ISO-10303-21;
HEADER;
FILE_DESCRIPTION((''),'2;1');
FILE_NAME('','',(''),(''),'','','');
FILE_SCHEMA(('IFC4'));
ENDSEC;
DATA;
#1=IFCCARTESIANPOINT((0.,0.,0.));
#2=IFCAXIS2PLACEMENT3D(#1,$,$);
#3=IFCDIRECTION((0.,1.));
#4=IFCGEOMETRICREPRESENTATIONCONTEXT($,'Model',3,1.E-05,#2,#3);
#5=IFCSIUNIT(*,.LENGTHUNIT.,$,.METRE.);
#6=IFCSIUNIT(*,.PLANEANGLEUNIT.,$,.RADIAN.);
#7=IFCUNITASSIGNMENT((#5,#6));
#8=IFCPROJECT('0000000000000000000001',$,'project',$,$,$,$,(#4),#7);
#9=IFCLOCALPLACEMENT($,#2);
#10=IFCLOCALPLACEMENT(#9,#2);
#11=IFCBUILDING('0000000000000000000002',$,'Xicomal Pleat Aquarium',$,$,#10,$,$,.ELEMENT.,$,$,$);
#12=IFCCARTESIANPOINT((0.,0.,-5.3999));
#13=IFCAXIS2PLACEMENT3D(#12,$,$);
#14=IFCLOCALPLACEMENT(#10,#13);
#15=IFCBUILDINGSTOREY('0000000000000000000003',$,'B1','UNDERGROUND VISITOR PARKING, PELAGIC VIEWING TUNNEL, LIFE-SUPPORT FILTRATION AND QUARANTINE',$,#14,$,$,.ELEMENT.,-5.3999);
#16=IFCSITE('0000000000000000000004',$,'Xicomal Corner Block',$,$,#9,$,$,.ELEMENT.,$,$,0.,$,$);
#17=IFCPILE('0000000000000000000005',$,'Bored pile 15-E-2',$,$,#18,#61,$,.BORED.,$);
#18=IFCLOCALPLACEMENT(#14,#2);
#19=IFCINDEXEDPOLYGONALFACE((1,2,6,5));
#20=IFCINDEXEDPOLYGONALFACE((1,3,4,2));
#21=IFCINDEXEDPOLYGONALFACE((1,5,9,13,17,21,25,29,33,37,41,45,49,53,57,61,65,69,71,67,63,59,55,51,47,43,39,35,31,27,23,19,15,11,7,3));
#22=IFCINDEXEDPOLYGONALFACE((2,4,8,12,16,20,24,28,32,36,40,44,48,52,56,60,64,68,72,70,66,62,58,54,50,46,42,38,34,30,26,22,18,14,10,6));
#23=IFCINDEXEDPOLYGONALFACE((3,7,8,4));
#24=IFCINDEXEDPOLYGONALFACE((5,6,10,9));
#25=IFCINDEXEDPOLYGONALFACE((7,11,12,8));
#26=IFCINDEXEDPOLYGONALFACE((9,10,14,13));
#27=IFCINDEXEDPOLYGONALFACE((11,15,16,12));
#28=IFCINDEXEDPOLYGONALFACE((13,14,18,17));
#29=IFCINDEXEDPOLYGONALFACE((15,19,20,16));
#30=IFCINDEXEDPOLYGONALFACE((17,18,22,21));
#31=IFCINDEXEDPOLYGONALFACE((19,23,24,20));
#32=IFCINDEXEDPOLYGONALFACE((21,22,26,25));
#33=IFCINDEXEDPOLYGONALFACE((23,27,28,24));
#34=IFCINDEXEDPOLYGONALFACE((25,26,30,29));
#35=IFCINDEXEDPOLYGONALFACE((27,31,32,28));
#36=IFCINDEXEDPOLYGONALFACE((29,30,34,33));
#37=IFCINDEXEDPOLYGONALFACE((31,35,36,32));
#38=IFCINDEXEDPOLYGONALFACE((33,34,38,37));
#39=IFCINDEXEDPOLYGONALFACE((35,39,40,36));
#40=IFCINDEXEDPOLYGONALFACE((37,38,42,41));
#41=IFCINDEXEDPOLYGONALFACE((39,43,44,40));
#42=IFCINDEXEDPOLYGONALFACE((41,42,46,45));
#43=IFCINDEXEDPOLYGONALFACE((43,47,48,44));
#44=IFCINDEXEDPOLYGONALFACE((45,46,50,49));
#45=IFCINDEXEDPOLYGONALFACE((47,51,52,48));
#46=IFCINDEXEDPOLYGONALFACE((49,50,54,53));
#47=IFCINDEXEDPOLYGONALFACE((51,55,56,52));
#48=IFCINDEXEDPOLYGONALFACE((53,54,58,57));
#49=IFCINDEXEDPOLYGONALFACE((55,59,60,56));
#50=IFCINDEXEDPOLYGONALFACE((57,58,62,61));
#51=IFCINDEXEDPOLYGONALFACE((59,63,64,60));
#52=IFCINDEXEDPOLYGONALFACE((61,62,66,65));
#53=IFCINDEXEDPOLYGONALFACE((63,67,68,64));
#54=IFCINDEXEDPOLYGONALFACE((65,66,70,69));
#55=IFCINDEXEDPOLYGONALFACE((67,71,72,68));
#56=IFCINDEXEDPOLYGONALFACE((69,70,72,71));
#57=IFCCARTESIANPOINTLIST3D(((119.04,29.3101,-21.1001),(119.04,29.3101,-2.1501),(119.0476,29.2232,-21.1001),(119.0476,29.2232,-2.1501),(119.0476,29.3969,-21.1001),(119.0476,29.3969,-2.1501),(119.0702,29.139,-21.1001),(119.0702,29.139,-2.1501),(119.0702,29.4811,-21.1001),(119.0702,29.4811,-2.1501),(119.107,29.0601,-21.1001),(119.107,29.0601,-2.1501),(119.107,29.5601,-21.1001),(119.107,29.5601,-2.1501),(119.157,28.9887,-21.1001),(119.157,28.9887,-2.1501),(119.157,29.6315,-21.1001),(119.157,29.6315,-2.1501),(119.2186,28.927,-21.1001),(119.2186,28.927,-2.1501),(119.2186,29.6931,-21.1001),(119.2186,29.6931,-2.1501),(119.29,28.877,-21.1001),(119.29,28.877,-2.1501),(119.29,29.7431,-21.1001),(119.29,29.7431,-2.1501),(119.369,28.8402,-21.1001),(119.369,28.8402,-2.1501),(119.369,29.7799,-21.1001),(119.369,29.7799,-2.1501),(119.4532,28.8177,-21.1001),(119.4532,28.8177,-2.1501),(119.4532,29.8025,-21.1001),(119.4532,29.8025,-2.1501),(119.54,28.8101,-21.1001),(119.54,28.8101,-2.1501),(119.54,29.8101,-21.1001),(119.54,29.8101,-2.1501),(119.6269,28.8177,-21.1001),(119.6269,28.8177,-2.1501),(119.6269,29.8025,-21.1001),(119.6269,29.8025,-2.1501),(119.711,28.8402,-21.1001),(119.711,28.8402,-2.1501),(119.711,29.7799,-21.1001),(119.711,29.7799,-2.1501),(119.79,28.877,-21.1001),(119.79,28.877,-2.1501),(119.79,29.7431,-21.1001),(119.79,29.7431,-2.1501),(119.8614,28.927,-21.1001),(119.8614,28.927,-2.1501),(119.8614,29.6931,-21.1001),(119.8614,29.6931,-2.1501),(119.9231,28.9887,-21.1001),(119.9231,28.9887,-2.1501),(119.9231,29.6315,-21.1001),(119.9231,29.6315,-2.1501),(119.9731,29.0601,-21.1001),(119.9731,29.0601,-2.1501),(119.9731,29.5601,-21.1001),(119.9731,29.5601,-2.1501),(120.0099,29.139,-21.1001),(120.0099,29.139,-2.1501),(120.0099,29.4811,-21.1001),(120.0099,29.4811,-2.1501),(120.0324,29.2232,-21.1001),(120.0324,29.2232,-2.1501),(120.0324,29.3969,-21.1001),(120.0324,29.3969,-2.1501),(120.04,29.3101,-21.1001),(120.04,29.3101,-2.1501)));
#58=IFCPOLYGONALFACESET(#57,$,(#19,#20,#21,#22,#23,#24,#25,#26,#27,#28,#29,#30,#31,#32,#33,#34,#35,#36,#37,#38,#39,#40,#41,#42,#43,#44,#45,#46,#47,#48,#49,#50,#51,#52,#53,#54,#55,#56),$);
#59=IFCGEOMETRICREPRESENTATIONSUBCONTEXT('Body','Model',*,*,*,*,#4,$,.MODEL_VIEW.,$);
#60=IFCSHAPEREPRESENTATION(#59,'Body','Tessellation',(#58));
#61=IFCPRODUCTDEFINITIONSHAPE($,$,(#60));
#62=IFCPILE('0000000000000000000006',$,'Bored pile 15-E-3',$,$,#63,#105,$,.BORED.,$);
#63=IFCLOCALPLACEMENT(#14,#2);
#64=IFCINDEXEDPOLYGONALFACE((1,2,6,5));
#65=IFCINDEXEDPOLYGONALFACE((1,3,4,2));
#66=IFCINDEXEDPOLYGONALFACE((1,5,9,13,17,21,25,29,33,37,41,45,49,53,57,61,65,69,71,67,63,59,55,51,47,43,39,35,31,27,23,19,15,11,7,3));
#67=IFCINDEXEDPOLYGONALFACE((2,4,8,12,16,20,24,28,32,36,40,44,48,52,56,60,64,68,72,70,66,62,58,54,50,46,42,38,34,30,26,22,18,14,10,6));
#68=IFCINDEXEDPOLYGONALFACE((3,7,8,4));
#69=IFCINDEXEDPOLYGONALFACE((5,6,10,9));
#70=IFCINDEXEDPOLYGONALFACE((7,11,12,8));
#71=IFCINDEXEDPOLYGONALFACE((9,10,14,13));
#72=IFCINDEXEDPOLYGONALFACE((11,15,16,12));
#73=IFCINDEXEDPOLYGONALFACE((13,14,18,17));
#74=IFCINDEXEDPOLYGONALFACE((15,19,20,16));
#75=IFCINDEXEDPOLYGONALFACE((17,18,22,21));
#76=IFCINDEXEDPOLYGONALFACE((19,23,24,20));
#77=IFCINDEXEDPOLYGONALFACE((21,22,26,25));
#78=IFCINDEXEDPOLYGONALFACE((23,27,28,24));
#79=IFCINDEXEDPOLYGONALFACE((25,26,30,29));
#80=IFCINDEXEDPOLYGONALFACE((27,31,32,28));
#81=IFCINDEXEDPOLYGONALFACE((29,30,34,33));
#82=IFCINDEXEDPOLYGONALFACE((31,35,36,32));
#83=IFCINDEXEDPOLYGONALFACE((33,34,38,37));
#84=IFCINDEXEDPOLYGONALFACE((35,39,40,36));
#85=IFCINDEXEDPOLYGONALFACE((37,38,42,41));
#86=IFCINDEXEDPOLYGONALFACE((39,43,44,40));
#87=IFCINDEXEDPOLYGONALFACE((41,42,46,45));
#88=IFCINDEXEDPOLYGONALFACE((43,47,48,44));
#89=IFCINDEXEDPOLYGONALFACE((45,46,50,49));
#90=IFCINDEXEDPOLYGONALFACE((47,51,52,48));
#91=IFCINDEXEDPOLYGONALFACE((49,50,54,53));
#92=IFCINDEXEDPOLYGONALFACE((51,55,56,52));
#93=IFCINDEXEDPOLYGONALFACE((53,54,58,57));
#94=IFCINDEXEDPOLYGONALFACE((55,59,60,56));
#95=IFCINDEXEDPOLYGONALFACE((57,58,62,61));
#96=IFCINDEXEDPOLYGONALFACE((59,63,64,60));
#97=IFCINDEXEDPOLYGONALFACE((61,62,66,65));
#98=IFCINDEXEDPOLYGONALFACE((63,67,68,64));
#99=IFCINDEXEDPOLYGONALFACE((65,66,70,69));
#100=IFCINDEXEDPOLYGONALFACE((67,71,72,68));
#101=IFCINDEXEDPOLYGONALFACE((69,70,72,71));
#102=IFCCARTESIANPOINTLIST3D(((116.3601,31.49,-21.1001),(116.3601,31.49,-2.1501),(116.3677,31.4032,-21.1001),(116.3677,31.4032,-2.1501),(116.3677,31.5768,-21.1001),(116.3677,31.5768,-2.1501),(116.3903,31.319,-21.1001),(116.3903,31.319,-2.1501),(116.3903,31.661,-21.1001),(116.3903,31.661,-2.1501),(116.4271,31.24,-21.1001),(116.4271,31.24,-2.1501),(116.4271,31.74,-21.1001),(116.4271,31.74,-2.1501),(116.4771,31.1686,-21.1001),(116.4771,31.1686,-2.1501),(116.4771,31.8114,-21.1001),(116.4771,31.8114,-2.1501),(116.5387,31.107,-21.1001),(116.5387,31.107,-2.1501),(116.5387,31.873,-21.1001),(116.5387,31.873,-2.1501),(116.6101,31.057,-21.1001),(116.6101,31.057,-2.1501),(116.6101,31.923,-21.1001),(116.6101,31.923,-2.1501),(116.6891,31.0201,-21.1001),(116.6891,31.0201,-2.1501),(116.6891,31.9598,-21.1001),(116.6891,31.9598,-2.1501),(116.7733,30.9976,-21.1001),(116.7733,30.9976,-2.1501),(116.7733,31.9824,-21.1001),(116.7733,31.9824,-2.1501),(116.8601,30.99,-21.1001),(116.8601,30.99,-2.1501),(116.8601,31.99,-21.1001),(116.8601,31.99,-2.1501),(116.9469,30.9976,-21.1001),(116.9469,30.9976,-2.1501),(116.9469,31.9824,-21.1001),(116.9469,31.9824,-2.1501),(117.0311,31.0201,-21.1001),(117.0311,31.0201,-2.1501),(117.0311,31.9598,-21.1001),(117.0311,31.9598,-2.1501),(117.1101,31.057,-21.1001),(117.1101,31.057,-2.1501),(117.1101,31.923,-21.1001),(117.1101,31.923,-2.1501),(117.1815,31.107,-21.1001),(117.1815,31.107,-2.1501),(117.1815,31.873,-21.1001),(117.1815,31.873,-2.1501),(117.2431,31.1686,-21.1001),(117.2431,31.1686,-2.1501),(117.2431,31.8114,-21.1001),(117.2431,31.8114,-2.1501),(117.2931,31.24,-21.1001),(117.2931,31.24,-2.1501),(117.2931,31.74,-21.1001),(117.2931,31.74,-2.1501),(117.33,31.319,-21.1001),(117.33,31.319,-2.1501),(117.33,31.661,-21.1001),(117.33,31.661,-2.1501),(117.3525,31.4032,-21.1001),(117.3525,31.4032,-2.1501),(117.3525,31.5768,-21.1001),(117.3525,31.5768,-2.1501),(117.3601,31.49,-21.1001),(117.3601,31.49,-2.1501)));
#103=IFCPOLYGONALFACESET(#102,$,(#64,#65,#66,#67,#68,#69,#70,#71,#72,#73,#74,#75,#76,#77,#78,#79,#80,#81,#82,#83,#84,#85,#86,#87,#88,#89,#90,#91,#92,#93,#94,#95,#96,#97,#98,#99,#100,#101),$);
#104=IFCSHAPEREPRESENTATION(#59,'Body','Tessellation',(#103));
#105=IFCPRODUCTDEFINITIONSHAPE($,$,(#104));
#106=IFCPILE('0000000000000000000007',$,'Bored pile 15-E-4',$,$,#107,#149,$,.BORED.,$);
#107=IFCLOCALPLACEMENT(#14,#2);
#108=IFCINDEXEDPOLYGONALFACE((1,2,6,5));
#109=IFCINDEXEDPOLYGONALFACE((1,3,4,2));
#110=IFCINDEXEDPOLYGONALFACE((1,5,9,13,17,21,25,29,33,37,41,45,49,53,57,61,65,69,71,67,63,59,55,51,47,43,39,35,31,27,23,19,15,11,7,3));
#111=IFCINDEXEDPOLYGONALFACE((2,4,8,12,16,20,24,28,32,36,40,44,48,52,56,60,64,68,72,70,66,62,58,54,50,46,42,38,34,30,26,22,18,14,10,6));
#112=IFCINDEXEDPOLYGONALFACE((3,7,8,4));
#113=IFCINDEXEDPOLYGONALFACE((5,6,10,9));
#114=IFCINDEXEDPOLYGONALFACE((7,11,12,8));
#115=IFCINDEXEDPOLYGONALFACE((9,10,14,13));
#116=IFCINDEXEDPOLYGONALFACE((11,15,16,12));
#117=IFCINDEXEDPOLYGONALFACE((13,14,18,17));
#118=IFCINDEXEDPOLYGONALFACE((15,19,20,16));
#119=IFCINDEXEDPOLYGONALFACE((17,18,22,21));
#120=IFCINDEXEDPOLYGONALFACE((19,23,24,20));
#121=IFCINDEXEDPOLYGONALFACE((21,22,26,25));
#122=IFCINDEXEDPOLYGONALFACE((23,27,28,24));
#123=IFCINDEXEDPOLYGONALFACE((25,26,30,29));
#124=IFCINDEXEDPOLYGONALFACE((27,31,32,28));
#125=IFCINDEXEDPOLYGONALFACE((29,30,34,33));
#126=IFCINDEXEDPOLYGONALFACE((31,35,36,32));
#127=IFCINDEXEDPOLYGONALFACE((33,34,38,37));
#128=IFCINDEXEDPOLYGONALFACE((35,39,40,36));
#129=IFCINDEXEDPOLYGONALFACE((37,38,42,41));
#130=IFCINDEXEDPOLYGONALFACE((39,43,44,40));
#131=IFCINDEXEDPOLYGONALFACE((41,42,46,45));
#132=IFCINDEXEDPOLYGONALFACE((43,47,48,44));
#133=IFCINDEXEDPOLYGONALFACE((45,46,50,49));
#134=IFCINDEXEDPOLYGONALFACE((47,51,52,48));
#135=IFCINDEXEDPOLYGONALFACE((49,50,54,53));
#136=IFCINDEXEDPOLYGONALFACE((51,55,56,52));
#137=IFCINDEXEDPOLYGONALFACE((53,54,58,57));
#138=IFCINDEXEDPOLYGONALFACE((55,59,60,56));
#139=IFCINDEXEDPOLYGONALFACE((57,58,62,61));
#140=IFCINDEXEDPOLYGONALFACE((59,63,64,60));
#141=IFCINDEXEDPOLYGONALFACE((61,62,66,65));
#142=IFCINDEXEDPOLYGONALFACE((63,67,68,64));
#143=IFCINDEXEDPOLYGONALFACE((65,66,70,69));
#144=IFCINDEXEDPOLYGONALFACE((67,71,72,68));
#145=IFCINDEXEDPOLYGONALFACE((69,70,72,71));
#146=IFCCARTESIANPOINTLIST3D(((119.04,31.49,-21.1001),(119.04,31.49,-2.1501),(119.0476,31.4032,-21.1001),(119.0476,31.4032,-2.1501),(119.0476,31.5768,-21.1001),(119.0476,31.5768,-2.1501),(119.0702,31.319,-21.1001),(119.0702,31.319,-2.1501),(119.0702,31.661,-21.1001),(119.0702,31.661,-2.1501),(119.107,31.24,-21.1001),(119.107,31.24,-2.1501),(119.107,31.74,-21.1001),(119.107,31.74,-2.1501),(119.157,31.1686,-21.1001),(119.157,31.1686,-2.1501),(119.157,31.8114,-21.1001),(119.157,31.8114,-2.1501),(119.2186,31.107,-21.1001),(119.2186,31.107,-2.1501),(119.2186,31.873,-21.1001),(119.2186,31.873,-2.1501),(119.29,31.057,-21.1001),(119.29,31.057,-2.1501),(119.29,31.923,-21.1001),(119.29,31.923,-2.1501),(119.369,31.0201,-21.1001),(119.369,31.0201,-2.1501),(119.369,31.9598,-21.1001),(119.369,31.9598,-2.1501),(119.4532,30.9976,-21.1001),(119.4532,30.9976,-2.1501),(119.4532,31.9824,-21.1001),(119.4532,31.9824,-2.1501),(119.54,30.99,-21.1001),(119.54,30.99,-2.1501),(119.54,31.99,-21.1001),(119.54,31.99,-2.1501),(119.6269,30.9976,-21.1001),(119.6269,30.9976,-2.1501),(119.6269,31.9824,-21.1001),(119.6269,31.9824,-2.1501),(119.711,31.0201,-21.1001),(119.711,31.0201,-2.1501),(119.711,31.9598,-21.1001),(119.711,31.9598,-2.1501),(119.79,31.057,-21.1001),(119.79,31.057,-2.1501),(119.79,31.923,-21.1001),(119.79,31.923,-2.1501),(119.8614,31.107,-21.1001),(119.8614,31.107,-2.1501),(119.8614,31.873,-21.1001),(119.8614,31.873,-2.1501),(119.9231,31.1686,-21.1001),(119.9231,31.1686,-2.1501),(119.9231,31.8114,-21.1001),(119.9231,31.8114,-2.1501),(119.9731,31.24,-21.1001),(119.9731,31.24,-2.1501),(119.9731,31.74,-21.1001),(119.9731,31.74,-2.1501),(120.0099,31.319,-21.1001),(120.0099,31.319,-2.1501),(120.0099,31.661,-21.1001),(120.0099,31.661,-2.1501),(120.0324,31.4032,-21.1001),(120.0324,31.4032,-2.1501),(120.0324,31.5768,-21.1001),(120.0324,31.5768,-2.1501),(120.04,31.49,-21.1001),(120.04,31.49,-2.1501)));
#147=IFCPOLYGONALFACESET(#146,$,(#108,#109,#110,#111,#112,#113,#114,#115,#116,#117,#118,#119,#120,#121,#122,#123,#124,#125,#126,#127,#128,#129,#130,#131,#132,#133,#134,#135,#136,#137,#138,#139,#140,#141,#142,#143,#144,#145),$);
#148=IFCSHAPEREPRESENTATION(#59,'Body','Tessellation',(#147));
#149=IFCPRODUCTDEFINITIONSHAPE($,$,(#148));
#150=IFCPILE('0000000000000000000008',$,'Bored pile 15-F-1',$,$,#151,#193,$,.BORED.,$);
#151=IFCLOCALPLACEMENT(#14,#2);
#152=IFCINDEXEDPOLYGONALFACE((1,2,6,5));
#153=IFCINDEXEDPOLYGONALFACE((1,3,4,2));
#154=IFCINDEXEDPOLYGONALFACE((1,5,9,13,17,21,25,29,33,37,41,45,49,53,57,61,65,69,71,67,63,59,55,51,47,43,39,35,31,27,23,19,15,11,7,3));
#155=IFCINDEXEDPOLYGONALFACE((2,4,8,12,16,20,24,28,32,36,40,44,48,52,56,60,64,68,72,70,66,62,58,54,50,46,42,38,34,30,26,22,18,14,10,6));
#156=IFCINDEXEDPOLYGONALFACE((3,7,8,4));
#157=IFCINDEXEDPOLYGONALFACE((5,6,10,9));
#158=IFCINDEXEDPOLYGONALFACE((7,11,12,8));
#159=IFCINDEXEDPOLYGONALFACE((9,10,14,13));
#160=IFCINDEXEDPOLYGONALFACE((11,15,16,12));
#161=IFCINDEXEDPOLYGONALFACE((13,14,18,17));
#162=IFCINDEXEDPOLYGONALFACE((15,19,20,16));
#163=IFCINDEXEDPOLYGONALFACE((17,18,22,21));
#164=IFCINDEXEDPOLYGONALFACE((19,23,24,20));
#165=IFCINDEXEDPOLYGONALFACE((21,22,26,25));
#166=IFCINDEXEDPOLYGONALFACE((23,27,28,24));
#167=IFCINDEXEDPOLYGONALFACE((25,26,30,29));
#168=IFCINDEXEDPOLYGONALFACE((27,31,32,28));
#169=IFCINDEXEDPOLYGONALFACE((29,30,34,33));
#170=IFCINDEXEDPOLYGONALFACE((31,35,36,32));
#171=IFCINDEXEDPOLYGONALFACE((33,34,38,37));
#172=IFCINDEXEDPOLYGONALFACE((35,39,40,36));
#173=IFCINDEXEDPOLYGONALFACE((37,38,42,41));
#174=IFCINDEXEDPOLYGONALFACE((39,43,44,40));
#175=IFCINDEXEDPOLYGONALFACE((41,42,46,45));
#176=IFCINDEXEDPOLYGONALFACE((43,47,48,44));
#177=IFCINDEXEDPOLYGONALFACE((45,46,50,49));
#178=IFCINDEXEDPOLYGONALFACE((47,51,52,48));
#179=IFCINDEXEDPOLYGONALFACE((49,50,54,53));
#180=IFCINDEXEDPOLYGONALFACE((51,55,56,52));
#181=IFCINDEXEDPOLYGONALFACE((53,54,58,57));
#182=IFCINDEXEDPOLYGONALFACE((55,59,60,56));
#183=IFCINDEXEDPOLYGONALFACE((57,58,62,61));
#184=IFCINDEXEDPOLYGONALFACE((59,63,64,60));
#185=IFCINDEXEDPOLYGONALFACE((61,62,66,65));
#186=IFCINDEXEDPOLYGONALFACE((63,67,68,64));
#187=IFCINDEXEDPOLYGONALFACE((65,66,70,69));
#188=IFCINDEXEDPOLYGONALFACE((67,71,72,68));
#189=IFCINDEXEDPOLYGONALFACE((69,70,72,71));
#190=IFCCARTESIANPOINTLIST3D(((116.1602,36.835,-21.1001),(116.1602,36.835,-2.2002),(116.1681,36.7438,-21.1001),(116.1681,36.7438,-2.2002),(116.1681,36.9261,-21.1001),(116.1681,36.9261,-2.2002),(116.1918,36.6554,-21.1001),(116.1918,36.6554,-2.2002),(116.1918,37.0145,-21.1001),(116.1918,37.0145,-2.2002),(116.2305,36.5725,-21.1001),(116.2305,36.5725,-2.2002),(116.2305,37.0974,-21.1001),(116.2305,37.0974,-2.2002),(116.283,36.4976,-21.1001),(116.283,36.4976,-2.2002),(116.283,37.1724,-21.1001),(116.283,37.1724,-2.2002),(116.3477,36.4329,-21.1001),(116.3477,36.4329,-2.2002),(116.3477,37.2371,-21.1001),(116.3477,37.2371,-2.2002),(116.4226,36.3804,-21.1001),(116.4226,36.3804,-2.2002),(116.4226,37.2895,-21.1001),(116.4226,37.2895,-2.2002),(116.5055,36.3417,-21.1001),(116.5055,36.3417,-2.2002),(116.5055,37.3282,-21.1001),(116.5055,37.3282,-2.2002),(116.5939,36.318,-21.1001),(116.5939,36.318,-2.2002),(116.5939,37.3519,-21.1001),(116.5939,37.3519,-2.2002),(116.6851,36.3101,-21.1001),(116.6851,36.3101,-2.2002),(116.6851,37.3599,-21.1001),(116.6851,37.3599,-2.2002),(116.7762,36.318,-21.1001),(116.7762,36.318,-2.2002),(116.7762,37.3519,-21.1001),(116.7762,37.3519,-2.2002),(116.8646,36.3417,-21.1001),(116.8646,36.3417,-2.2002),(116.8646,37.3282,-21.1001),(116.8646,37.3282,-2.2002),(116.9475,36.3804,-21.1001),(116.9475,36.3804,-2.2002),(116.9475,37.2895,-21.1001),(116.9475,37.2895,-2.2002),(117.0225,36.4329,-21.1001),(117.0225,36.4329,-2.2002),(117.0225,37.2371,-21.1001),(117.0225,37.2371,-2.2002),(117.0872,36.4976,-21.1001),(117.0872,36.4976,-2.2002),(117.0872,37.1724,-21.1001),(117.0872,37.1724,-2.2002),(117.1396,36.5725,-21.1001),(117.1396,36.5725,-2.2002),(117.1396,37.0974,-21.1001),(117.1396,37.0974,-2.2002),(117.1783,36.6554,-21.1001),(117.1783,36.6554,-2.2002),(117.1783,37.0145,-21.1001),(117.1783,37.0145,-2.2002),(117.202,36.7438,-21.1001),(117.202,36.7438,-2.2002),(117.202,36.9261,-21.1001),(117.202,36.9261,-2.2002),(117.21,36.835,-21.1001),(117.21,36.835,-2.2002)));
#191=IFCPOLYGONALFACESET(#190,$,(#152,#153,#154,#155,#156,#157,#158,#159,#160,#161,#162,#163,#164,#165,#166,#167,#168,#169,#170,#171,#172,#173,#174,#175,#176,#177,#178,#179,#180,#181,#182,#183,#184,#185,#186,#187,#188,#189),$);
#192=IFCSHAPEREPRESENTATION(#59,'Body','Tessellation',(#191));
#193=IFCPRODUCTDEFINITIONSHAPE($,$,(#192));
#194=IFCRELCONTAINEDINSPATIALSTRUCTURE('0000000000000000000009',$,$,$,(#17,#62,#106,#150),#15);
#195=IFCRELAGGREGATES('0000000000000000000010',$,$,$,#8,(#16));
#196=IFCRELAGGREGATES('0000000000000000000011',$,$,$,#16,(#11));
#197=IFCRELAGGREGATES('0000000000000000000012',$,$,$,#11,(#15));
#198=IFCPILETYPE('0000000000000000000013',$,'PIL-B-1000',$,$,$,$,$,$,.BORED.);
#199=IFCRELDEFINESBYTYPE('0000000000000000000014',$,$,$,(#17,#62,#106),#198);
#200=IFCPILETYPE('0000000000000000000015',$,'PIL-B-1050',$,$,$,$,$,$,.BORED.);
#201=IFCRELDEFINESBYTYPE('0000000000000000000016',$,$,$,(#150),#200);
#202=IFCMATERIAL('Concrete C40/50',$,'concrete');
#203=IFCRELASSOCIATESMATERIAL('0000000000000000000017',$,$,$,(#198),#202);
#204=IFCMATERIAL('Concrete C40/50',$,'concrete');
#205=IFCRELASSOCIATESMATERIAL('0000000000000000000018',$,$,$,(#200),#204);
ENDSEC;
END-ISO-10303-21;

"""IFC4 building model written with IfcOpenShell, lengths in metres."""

from ifc_helpers import new_model, si_unit, direction, frame, origin, origin_2d, place, context, subcontext, project, spatial, circle, extrude, material, material_profile, profile_set, type_object, element, save


model = new_model("IFC4")

# Units and contexts
model_context = context("Model", 3, precision=1e-05, world=origin(), true_north=direction((0.0, 1.0)))
body_context = subcontext(model_context, "Body", "Model", "MODEL_VIEW")
ifc_project = project(units=[si_unit("LENGTHUNIT", "METRE"), si_unit("PLANEANGLEUNIT", "RADIAN")], contexts=[model_context])

# Site, building, storey
site_placement = place(None, origin())
site = spatial("IfcSite", under=ifc_project, at=site_placement, Name="Xicomal Corner Block", CompositionType="ELEMENT", RefElevation=0.0)
building_placement = place(site_placement, origin())
building = spatial("IfcBuilding", under=site, at=building_placement, Name="Xicomal Pleat Aquarium", CompositionType="ELEMENT")
storey_placement = place(building_placement, frame((0.0, 0.0, -5.3999)))
storey = spatial("IfcBuildingStorey", under=building, at=storey_placement, Name="B1", Description="UNDERGROUND VISITOR PARKING, PELAGIC VIEWING TUNNEL, LIFE-SUPPORT FILTRATION AND QUARANTINE", CompositionType="ELEMENT", Elevation=-5.3999)

# Piles
ifc_material_1 = material(Name="Concrete C40/50", Category="concrete")
ifc_material_profile_1 = material_profile(ifc_material_1, circle(Radius=0.5, at=origin_2d()), Name="BORED PILE D1000")
ifc_profile_set_1 = profile_set([ifc_material_profile_1], Name="Concrete C40/50")
pile_type_1 = type_object("IfcPileType", Name="PIL-B-1000", PredefinedType="BORED", material=ifc_profile_set_1)
for number, where, z_axis, x_axis, name in (
    (1, (119.54, 29.3101, -2.1501), (0.0, 0.0, -1.0), (1.0, 0.0, 0.0), "Bored pile 15-E-2"),
    (2, (116.8601, 31.49, -2.1501), (0.0, 0.0, -1.0), (1.0, 0.0, 0.0), "Bored pile 15-E-3"),
    (3, (119.54, 31.49, -2.1501), (0.0, 0.0, -1.0), (1.0, 0.0, 0.0), "Bored pile 15-E-4"),
):
    element("IfcPile", number, at=place(storey_placement, frame(where, z_axis=z_axis, x_axis=x_axis)), inside=storey, type_object=pile_type_1, Name=name, PredefinedType="BORED", context=body_context, shape_type="SweptSolid", body=[
        extrude(circle(Radius=0.5, at=origin_2d()), origin(), (0.0, 0.0, 1.0), 18.95),
    ])
ifc_material_2 = material(Name="Concrete C40/50", Category="concrete")
ifc_material_profile_2 = material_profile(ifc_material_2, circle(Radius=0.5249, at=origin_2d()), Name="BORED PILE D1050")
ifc_profile_set_2 = profile_set([ifc_material_profile_2], Name="Concrete C40/50")
pile_type_2 = type_object("IfcPileType", Name="PIL-B-1050", PredefinedType="BORED", material=ifc_profile_set_2)
for number, where, z_axis, x_axis, name in (
    (4, (116.6851, 36.835, -2.2002), (0.0, 0.0, -1.0), (1.0, 0.0, 0.0), "Bored pile 15-F-1"),
):
    element("IfcPile", number, at=place(storey_placement, frame(where, z_axis=z_axis, x_axis=x_axis)), inside=storey, type_object=pile_type_2, Name=name, PredefinedType="BORED", context=body_context, shape_type="SweptSolid", body=[
        extrude(circle(Radius=0.5249, at=origin_2d()), origin(), (0.0, 0.0, 1.0), 18.8999),
    ])

save(model, "model.ifc")
